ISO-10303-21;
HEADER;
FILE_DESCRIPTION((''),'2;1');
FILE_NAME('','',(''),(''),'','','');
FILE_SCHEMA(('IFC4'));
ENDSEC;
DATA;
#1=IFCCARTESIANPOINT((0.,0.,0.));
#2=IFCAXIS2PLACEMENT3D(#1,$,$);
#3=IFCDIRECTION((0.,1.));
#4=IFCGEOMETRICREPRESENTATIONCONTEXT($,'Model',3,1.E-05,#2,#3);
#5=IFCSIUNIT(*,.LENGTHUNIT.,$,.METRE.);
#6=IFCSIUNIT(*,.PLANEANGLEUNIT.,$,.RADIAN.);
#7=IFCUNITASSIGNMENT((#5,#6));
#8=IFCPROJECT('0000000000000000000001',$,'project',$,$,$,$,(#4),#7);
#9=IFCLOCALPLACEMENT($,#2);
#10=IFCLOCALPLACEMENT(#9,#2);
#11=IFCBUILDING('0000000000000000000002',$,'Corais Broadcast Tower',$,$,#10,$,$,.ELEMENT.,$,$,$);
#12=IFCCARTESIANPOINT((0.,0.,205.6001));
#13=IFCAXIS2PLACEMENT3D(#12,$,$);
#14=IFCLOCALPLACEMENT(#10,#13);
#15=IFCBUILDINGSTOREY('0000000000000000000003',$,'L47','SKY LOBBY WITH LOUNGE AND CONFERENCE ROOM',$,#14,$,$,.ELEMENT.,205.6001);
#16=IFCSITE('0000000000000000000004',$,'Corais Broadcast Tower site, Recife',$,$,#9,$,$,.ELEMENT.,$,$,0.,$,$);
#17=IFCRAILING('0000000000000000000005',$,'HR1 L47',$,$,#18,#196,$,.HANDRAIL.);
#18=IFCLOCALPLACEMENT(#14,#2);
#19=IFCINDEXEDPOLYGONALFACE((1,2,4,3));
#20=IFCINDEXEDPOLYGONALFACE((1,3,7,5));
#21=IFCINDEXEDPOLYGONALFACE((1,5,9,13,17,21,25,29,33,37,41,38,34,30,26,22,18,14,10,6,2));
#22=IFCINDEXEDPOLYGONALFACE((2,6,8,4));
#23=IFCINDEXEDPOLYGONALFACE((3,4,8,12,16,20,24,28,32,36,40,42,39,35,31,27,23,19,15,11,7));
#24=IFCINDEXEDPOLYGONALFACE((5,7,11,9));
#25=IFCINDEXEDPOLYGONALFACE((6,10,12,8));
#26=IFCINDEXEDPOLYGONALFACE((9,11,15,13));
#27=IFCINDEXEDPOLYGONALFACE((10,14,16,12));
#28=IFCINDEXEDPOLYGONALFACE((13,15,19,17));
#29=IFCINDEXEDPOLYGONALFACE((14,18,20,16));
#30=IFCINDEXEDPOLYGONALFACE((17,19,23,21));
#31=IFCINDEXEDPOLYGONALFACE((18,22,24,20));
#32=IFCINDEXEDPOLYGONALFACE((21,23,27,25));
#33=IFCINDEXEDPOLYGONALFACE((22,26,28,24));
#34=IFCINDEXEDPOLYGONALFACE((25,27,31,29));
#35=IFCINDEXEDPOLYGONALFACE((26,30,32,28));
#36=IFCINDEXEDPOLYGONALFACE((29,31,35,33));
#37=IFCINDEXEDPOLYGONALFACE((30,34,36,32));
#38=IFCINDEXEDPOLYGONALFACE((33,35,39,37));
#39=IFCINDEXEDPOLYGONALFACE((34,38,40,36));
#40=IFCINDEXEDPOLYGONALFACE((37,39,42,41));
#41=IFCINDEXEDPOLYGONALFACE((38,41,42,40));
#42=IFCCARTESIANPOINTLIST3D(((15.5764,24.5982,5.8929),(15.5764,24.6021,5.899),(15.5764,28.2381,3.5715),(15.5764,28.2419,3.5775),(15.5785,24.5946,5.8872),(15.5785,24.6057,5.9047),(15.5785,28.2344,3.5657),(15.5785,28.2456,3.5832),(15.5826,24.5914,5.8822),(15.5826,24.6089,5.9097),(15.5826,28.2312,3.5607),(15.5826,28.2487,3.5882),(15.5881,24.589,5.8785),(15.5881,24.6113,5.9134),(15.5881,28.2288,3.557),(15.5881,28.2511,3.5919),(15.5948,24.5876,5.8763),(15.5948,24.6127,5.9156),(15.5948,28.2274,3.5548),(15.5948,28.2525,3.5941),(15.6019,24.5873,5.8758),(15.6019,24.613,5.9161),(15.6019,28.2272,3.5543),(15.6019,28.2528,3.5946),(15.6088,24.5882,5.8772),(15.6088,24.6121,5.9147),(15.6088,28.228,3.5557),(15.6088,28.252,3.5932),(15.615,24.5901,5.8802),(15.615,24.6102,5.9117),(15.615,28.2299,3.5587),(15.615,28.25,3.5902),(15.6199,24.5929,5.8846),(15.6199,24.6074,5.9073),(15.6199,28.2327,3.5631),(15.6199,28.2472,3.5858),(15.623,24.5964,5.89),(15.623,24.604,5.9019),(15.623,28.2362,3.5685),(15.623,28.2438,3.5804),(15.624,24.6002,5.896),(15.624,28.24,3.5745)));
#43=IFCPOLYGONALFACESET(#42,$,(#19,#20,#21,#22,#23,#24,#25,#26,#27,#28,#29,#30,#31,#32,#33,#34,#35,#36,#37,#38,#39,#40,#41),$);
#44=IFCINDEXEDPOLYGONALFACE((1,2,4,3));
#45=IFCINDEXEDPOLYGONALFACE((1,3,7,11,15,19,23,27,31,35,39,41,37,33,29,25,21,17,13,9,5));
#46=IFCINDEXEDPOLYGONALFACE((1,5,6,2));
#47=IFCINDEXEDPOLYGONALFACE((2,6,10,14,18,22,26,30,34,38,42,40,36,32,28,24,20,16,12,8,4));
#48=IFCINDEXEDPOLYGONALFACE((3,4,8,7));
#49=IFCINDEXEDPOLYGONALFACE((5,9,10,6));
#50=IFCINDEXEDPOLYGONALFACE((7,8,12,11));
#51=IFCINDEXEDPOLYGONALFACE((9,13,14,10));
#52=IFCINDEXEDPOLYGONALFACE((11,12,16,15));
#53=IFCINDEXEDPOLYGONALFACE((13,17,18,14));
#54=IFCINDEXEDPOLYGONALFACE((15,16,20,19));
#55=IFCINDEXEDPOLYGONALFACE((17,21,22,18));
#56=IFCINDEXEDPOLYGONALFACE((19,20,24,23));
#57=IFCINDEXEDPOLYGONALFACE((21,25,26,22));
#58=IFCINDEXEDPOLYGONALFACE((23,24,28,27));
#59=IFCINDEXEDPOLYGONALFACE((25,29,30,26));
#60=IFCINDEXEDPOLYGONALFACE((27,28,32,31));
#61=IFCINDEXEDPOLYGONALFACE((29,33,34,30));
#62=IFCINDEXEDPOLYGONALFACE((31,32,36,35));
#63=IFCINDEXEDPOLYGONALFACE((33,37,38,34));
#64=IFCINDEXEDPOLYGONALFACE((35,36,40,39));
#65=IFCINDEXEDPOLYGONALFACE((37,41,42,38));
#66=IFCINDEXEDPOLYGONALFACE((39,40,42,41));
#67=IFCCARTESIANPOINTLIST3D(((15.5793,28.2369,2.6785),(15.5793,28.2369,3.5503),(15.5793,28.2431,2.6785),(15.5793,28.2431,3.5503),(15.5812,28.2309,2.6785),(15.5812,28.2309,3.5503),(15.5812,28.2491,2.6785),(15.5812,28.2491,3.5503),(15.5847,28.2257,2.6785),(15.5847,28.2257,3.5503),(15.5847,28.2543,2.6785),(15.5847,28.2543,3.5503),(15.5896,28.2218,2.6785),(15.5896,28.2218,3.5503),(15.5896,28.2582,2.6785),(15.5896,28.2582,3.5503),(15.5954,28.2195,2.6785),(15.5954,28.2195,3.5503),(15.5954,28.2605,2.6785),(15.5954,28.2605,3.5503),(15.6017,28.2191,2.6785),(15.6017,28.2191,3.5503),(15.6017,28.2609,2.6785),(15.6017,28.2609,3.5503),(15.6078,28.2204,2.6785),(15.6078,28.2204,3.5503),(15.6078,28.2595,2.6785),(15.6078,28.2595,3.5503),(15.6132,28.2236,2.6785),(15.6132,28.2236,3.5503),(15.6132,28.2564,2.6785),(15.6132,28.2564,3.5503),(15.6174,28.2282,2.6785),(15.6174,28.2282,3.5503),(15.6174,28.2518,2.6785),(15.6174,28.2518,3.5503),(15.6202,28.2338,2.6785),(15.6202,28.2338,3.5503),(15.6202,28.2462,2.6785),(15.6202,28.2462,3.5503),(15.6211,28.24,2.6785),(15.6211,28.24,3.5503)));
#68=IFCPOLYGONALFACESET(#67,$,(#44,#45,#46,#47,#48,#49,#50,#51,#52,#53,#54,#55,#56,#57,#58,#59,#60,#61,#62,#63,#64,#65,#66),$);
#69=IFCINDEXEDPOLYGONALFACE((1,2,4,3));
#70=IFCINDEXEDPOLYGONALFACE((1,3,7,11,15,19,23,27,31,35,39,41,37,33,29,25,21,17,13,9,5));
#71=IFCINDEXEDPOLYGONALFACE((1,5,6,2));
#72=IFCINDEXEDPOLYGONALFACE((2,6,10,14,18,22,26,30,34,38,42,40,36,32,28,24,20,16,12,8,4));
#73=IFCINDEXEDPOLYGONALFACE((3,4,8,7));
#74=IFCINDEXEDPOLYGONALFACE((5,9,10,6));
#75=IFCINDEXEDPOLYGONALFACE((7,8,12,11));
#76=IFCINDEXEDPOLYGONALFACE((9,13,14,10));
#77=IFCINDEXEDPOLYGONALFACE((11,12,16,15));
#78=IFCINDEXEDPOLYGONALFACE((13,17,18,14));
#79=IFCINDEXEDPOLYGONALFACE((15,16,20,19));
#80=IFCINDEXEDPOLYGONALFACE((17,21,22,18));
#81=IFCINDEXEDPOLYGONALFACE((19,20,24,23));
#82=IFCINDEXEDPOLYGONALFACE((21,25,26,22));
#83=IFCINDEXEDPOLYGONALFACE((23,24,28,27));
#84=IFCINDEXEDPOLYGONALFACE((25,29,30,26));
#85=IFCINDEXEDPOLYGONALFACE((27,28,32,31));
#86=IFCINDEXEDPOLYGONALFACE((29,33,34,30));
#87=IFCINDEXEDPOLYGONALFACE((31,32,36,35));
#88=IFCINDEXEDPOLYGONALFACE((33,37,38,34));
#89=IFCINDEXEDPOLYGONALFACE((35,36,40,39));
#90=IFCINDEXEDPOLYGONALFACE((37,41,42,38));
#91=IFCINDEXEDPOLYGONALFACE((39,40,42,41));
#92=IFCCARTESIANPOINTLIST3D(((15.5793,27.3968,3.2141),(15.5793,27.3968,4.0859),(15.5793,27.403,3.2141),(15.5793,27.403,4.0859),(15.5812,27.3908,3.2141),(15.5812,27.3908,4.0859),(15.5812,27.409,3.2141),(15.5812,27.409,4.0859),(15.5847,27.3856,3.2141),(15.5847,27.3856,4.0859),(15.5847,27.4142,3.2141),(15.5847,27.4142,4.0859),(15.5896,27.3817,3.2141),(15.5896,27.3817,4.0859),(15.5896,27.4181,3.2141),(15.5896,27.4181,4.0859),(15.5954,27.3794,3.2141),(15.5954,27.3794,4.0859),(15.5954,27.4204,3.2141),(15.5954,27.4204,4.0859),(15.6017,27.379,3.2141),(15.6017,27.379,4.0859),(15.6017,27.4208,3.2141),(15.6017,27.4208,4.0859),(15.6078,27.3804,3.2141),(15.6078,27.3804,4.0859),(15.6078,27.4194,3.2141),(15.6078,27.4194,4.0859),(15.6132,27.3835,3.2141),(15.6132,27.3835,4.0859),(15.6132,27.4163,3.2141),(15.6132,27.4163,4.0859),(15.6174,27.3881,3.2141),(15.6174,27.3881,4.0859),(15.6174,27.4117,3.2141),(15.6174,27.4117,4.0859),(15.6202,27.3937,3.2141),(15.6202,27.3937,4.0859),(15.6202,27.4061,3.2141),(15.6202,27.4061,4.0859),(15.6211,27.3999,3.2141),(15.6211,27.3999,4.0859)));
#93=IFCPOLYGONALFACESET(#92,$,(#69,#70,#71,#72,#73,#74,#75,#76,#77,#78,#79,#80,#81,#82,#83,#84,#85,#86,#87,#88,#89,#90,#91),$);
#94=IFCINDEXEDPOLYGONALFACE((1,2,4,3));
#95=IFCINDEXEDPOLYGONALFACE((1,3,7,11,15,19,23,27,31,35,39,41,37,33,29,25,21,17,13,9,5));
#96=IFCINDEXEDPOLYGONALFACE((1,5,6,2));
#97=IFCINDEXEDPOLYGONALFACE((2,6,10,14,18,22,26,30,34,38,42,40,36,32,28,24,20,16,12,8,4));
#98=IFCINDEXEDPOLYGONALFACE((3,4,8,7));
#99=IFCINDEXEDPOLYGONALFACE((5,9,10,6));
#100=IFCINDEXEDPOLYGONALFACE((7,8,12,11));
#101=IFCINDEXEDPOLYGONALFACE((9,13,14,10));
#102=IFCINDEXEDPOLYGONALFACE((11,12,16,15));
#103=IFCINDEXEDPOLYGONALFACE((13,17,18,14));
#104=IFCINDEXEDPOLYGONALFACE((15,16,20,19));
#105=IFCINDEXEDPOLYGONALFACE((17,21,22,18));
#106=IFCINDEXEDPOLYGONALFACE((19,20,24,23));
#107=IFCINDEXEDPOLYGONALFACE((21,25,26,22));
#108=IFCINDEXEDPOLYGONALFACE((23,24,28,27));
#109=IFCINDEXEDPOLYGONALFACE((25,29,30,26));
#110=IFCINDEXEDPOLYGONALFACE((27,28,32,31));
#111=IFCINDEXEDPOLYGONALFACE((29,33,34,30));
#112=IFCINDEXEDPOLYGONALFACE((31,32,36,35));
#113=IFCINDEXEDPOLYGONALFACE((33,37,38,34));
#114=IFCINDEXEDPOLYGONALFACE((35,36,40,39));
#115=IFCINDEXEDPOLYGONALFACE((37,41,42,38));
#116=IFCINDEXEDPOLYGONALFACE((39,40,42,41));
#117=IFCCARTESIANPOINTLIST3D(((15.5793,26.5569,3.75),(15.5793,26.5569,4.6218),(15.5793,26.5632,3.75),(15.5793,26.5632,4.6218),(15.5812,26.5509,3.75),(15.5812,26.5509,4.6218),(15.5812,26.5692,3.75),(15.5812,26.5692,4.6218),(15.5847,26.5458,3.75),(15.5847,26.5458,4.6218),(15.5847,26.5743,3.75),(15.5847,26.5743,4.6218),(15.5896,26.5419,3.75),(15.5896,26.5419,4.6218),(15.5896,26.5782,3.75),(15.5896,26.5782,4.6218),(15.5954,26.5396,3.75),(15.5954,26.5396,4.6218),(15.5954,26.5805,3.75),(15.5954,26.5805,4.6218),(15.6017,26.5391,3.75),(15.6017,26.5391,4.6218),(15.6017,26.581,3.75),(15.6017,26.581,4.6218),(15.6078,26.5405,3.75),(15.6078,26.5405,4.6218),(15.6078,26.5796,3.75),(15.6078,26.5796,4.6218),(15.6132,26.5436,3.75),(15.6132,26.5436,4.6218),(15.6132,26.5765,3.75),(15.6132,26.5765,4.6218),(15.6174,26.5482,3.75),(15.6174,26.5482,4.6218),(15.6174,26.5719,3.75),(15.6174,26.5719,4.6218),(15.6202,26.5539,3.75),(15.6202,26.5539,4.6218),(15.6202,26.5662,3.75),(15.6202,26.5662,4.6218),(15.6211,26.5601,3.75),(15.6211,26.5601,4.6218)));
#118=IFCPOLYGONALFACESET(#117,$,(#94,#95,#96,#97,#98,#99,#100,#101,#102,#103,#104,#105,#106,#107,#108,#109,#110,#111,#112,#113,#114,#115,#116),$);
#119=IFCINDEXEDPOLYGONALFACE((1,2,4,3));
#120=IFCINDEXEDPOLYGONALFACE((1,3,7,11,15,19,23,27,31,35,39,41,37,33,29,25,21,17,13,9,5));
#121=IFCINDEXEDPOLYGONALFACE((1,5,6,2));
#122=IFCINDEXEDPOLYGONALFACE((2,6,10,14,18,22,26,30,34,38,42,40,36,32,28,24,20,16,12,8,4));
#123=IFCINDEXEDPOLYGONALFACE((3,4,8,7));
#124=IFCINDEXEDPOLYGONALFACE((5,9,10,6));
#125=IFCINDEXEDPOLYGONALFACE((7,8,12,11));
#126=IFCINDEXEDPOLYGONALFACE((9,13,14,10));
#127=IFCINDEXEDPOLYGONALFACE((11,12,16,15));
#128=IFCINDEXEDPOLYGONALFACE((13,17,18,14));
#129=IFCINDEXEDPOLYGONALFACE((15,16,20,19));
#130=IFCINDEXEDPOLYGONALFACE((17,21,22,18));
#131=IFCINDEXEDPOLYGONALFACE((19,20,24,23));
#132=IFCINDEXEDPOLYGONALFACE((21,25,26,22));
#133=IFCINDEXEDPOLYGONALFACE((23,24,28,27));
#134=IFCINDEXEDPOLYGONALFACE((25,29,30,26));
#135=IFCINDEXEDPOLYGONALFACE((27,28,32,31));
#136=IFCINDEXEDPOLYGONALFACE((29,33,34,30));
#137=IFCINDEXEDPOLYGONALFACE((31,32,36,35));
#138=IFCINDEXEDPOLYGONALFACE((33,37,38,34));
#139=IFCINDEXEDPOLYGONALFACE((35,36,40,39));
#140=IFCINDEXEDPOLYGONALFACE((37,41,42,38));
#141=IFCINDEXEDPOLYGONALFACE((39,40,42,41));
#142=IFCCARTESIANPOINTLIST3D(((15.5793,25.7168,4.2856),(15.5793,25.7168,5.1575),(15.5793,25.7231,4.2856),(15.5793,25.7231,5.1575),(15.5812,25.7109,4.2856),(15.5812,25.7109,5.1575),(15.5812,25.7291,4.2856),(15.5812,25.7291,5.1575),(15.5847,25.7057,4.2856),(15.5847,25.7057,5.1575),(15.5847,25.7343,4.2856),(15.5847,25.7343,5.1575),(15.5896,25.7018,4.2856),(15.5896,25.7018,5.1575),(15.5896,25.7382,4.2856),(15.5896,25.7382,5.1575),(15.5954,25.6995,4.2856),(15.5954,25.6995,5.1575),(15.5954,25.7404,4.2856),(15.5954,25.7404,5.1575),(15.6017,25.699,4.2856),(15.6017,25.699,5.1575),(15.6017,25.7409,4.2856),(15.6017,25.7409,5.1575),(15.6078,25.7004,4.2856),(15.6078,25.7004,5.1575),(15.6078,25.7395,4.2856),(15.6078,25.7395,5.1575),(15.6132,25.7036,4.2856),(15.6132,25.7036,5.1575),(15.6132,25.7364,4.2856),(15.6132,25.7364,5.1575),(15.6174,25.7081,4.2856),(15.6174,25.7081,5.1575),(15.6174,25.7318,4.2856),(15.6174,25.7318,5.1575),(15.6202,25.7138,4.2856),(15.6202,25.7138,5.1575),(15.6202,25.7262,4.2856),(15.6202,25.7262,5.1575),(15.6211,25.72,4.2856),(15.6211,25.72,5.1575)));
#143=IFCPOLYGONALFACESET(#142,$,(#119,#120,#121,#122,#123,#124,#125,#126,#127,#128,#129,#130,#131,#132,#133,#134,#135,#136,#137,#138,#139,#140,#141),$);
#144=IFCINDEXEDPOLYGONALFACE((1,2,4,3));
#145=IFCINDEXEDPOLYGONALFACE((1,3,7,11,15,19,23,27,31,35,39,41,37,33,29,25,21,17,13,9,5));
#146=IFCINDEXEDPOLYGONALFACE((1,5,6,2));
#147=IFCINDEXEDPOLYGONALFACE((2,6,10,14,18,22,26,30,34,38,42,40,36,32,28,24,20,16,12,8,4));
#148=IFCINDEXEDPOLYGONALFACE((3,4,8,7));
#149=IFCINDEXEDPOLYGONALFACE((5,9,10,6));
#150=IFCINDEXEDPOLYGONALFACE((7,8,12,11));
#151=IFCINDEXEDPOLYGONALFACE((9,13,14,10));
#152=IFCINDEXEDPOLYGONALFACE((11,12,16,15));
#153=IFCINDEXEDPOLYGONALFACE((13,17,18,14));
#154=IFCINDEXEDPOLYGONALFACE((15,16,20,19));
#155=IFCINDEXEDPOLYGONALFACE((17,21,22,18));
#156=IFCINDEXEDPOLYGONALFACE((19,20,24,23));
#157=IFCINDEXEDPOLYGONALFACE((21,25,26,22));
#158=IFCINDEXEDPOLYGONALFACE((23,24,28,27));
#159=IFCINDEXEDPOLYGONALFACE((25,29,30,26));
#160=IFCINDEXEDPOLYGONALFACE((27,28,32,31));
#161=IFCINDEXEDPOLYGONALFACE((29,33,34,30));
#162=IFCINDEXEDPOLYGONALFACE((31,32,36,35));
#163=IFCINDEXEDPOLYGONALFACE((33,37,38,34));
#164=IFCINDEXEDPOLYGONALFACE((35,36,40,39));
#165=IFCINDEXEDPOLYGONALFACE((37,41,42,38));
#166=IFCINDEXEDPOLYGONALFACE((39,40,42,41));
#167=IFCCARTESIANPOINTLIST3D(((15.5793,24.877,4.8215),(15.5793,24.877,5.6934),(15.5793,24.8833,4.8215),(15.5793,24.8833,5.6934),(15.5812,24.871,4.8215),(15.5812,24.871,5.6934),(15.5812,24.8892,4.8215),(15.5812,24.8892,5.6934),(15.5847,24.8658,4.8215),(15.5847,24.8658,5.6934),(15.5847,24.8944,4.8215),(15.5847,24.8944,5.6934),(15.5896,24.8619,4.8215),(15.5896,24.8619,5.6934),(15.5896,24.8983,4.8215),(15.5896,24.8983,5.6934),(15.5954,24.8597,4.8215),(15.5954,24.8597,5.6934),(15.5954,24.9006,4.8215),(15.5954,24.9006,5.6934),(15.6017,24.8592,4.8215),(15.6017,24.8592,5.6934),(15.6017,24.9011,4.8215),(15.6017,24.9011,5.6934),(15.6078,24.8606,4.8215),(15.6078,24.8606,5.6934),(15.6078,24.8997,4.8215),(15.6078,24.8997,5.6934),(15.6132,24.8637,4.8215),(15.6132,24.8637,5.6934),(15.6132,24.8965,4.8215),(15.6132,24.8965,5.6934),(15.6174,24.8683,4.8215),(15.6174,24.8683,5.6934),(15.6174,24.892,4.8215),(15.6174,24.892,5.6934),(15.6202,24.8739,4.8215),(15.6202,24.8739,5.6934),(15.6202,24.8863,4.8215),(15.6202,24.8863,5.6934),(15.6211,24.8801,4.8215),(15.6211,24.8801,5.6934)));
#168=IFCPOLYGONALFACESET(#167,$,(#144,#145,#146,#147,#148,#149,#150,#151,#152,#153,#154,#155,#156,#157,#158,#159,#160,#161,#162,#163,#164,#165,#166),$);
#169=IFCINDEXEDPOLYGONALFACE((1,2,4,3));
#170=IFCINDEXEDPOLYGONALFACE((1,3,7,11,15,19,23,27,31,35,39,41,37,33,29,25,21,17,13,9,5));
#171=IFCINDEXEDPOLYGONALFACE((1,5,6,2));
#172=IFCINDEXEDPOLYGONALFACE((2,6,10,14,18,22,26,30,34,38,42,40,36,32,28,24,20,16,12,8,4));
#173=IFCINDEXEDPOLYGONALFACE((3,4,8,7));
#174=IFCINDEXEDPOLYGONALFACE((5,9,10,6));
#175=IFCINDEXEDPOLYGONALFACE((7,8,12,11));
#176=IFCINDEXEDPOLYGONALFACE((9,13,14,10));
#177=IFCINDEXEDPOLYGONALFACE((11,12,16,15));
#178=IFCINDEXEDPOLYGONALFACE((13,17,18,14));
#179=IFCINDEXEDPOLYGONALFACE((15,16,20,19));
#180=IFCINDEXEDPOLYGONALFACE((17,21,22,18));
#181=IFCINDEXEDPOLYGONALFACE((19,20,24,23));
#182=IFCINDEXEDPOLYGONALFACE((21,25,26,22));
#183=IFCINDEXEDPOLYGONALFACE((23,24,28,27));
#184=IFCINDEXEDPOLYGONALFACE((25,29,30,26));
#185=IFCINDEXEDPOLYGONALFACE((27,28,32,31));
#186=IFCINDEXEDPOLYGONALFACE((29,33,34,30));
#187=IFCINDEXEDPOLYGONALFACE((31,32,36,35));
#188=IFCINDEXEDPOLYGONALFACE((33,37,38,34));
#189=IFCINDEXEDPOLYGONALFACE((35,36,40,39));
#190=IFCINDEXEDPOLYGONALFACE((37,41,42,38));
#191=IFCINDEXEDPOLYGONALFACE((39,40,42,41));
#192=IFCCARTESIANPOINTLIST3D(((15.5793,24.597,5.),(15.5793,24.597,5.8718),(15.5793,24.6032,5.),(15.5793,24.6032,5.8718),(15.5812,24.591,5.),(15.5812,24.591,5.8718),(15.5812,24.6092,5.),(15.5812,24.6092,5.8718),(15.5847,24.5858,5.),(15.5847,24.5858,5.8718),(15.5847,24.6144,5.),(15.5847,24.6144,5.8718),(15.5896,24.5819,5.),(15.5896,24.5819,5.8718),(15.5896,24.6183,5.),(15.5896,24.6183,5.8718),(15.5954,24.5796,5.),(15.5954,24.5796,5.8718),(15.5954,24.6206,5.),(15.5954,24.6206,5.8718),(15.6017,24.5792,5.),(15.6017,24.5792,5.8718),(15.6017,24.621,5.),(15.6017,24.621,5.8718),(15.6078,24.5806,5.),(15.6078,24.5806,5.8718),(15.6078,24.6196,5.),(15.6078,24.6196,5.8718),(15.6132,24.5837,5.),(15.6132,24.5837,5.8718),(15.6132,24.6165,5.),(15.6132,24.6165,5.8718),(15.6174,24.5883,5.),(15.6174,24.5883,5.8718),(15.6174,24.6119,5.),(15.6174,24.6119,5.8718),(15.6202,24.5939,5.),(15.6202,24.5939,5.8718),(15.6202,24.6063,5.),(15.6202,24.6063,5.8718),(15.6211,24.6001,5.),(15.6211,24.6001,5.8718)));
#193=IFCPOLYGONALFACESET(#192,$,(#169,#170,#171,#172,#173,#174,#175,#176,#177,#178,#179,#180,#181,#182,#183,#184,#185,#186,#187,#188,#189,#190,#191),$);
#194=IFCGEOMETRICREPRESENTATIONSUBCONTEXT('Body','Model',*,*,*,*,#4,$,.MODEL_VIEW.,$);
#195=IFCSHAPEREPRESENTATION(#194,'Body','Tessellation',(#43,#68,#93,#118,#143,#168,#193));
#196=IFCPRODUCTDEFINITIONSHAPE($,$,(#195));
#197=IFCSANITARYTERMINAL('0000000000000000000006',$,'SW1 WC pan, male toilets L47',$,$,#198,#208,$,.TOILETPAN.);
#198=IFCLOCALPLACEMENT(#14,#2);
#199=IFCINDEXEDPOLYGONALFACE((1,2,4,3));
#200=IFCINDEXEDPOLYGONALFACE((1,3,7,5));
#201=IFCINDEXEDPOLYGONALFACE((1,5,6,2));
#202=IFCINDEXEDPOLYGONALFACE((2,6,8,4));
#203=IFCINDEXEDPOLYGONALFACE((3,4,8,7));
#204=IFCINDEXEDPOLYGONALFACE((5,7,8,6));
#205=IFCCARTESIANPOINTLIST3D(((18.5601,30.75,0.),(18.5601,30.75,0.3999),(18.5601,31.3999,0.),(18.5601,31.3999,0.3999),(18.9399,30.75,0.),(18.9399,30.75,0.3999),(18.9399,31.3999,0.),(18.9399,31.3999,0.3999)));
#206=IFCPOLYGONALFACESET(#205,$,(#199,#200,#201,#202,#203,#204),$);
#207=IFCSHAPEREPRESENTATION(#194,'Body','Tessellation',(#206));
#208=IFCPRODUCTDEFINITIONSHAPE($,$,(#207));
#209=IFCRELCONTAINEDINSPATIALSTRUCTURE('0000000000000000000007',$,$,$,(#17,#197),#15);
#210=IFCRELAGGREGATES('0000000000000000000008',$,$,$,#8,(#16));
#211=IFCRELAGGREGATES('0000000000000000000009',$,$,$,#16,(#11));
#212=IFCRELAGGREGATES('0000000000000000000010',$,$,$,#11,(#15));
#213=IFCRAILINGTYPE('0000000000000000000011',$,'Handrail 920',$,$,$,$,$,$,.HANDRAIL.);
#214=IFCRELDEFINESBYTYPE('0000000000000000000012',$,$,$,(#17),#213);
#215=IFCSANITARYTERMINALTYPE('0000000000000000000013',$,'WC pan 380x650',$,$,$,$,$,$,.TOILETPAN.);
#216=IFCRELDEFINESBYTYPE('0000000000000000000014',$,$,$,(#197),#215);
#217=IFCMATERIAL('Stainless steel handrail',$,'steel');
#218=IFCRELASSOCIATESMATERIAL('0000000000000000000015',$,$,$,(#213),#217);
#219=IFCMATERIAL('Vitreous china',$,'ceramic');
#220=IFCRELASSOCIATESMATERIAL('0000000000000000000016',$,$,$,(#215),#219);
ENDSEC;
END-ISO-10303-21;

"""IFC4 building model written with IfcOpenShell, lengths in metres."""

from ifc_helpers import new_model, si_unit, direction, frame, origin, origin_2d, place, context, subcontext, project, spatial, rectangle, circle, extrude, material, type_object, element, save


model = new_model("IFC4")

# Units and contexts
model_context = context("Model", 3, precision=1e-05, world=origin(), true_north=direction((0.0, 1.0)))
body_context = subcontext(model_context, "Body", "Model", "MODEL_VIEW")
ifc_project = project(units=[si_unit("LENGTHUNIT", "METRE"), si_unit("PLANEANGLEUNIT", "RADIAN")], contexts=[model_context])

# Site, building, storey
site_placement = place(None, origin())
site = spatial("IfcSite", under=ifc_project, at=site_placement, Name="Corais Broadcast Tower site, Recife", CompositionType="ELEMENT", RefElevation=0.0)
building_placement = place(site_placement, origin())
building = spatial("IfcBuilding", under=site, at=building_placement, Name="Corais Broadcast Tower", CompositionType="ELEMENT")
storey_placement = place(building_placement, frame((0.0, 0.0, 205.6001)))
storey = spatial("IfcBuildingStorey", under=building, at=storey_placement, Name="L47", Description="SKY LOBBY WITH LOUNGE AND CONFERENCE ROOM", CompositionType="ELEMENT", Elevation=205.6001)

# Railing
ifc_material_1 = material(Name="Stainless steel handrail", Category="steel")
railing_type = type_object("IfcRailingType", Name="Handrail 920", PredefinedType="HANDRAIL", material=ifc_material_1)
for number, where, name in (
    (1, (15.6001, 28.24, 2.6785), "HR1 L47"),
):
    element("IfcRailing", number, at=place(storey_placement, frame(where)), inside=storey, type_object=railing_type, Name=name, PredefinedType="HANDRAIL", context=body_context, shape_type="SweptSolid", body=[
        extrude(circle(Radius=0.0239, at=origin_2d()), frame((0.0, 0.0, 0.896), z_axis=(0.0, -0.843112, 0.537739), x_axis=(1.0, 0.0, 0.0)), (0.0, 0.0, 1.0), 4.3171),
        extrude(circle(Radius=0.021, at=origin_2d()), origin(), (0.0, 0.0, 1.0), 0.8718),
        extrude(circle(Radius=0.021, at=origin_2d()), frame((0.0, -0.8401, 0.5356)), (0.0, 0.0, 1.0), 0.8718),
        extrude(circle(Radius=0.021, at=origin_2d()), frame((0.0, -1.6799, 1.0715)), (0.0, 0.0, 1.0), 0.8718),
        extrude(circle(Radius=0.021, at=origin_2d()), frame((0.0, -2.52, 1.6072)), (0.0, 0.0, 1.0), 0.8718),
        extrude(circle(Radius=0.021, at=origin_2d()), frame((0.0, -3.3599, 2.1431)), (0.0, 0.0, 1.0), 0.8718),
        extrude(circle(Radius=0.021, at=origin_2d()), frame((0.0, -3.6399, 2.3215)), (0.0, 0.0, 1.0), 0.8718),
    ])

# Sanitary terminal
ifc_material_2 = material(Name="Vitreous china", Category="ceramic")
sanitary_terminal_type_1 = type_object("IfcSanitaryTerminalType", Name="WC pan 380x650", PredefinedType="TOILETPAN", material=ifc_material_2)
for number, where, z_axis, x_axis, name in (
    (2, (18.75, 31.075, 0.0), (0.0, 0.0, 1.0), (1.0, 0.0, 0.0), "SW1 WC pan, male toilets L47"),
):
    element("IfcSanitaryTerminal", number, at=place(storey_placement, frame(where, z_axis=z_axis, x_axis=x_axis)), inside=storey, type_object=sanitary_terminal_type_1, Name=name, PredefinedType="TOILETPAN", context=body_context, shape_type="SweptSolid", body=[
        extrude(rectangle(XDim=0.3799, YDim=0.6499, at=origin_2d()), origin(), (0.0, 0.0, 1.0), 0.3999),
    ])

save(model, "model.ifc")
